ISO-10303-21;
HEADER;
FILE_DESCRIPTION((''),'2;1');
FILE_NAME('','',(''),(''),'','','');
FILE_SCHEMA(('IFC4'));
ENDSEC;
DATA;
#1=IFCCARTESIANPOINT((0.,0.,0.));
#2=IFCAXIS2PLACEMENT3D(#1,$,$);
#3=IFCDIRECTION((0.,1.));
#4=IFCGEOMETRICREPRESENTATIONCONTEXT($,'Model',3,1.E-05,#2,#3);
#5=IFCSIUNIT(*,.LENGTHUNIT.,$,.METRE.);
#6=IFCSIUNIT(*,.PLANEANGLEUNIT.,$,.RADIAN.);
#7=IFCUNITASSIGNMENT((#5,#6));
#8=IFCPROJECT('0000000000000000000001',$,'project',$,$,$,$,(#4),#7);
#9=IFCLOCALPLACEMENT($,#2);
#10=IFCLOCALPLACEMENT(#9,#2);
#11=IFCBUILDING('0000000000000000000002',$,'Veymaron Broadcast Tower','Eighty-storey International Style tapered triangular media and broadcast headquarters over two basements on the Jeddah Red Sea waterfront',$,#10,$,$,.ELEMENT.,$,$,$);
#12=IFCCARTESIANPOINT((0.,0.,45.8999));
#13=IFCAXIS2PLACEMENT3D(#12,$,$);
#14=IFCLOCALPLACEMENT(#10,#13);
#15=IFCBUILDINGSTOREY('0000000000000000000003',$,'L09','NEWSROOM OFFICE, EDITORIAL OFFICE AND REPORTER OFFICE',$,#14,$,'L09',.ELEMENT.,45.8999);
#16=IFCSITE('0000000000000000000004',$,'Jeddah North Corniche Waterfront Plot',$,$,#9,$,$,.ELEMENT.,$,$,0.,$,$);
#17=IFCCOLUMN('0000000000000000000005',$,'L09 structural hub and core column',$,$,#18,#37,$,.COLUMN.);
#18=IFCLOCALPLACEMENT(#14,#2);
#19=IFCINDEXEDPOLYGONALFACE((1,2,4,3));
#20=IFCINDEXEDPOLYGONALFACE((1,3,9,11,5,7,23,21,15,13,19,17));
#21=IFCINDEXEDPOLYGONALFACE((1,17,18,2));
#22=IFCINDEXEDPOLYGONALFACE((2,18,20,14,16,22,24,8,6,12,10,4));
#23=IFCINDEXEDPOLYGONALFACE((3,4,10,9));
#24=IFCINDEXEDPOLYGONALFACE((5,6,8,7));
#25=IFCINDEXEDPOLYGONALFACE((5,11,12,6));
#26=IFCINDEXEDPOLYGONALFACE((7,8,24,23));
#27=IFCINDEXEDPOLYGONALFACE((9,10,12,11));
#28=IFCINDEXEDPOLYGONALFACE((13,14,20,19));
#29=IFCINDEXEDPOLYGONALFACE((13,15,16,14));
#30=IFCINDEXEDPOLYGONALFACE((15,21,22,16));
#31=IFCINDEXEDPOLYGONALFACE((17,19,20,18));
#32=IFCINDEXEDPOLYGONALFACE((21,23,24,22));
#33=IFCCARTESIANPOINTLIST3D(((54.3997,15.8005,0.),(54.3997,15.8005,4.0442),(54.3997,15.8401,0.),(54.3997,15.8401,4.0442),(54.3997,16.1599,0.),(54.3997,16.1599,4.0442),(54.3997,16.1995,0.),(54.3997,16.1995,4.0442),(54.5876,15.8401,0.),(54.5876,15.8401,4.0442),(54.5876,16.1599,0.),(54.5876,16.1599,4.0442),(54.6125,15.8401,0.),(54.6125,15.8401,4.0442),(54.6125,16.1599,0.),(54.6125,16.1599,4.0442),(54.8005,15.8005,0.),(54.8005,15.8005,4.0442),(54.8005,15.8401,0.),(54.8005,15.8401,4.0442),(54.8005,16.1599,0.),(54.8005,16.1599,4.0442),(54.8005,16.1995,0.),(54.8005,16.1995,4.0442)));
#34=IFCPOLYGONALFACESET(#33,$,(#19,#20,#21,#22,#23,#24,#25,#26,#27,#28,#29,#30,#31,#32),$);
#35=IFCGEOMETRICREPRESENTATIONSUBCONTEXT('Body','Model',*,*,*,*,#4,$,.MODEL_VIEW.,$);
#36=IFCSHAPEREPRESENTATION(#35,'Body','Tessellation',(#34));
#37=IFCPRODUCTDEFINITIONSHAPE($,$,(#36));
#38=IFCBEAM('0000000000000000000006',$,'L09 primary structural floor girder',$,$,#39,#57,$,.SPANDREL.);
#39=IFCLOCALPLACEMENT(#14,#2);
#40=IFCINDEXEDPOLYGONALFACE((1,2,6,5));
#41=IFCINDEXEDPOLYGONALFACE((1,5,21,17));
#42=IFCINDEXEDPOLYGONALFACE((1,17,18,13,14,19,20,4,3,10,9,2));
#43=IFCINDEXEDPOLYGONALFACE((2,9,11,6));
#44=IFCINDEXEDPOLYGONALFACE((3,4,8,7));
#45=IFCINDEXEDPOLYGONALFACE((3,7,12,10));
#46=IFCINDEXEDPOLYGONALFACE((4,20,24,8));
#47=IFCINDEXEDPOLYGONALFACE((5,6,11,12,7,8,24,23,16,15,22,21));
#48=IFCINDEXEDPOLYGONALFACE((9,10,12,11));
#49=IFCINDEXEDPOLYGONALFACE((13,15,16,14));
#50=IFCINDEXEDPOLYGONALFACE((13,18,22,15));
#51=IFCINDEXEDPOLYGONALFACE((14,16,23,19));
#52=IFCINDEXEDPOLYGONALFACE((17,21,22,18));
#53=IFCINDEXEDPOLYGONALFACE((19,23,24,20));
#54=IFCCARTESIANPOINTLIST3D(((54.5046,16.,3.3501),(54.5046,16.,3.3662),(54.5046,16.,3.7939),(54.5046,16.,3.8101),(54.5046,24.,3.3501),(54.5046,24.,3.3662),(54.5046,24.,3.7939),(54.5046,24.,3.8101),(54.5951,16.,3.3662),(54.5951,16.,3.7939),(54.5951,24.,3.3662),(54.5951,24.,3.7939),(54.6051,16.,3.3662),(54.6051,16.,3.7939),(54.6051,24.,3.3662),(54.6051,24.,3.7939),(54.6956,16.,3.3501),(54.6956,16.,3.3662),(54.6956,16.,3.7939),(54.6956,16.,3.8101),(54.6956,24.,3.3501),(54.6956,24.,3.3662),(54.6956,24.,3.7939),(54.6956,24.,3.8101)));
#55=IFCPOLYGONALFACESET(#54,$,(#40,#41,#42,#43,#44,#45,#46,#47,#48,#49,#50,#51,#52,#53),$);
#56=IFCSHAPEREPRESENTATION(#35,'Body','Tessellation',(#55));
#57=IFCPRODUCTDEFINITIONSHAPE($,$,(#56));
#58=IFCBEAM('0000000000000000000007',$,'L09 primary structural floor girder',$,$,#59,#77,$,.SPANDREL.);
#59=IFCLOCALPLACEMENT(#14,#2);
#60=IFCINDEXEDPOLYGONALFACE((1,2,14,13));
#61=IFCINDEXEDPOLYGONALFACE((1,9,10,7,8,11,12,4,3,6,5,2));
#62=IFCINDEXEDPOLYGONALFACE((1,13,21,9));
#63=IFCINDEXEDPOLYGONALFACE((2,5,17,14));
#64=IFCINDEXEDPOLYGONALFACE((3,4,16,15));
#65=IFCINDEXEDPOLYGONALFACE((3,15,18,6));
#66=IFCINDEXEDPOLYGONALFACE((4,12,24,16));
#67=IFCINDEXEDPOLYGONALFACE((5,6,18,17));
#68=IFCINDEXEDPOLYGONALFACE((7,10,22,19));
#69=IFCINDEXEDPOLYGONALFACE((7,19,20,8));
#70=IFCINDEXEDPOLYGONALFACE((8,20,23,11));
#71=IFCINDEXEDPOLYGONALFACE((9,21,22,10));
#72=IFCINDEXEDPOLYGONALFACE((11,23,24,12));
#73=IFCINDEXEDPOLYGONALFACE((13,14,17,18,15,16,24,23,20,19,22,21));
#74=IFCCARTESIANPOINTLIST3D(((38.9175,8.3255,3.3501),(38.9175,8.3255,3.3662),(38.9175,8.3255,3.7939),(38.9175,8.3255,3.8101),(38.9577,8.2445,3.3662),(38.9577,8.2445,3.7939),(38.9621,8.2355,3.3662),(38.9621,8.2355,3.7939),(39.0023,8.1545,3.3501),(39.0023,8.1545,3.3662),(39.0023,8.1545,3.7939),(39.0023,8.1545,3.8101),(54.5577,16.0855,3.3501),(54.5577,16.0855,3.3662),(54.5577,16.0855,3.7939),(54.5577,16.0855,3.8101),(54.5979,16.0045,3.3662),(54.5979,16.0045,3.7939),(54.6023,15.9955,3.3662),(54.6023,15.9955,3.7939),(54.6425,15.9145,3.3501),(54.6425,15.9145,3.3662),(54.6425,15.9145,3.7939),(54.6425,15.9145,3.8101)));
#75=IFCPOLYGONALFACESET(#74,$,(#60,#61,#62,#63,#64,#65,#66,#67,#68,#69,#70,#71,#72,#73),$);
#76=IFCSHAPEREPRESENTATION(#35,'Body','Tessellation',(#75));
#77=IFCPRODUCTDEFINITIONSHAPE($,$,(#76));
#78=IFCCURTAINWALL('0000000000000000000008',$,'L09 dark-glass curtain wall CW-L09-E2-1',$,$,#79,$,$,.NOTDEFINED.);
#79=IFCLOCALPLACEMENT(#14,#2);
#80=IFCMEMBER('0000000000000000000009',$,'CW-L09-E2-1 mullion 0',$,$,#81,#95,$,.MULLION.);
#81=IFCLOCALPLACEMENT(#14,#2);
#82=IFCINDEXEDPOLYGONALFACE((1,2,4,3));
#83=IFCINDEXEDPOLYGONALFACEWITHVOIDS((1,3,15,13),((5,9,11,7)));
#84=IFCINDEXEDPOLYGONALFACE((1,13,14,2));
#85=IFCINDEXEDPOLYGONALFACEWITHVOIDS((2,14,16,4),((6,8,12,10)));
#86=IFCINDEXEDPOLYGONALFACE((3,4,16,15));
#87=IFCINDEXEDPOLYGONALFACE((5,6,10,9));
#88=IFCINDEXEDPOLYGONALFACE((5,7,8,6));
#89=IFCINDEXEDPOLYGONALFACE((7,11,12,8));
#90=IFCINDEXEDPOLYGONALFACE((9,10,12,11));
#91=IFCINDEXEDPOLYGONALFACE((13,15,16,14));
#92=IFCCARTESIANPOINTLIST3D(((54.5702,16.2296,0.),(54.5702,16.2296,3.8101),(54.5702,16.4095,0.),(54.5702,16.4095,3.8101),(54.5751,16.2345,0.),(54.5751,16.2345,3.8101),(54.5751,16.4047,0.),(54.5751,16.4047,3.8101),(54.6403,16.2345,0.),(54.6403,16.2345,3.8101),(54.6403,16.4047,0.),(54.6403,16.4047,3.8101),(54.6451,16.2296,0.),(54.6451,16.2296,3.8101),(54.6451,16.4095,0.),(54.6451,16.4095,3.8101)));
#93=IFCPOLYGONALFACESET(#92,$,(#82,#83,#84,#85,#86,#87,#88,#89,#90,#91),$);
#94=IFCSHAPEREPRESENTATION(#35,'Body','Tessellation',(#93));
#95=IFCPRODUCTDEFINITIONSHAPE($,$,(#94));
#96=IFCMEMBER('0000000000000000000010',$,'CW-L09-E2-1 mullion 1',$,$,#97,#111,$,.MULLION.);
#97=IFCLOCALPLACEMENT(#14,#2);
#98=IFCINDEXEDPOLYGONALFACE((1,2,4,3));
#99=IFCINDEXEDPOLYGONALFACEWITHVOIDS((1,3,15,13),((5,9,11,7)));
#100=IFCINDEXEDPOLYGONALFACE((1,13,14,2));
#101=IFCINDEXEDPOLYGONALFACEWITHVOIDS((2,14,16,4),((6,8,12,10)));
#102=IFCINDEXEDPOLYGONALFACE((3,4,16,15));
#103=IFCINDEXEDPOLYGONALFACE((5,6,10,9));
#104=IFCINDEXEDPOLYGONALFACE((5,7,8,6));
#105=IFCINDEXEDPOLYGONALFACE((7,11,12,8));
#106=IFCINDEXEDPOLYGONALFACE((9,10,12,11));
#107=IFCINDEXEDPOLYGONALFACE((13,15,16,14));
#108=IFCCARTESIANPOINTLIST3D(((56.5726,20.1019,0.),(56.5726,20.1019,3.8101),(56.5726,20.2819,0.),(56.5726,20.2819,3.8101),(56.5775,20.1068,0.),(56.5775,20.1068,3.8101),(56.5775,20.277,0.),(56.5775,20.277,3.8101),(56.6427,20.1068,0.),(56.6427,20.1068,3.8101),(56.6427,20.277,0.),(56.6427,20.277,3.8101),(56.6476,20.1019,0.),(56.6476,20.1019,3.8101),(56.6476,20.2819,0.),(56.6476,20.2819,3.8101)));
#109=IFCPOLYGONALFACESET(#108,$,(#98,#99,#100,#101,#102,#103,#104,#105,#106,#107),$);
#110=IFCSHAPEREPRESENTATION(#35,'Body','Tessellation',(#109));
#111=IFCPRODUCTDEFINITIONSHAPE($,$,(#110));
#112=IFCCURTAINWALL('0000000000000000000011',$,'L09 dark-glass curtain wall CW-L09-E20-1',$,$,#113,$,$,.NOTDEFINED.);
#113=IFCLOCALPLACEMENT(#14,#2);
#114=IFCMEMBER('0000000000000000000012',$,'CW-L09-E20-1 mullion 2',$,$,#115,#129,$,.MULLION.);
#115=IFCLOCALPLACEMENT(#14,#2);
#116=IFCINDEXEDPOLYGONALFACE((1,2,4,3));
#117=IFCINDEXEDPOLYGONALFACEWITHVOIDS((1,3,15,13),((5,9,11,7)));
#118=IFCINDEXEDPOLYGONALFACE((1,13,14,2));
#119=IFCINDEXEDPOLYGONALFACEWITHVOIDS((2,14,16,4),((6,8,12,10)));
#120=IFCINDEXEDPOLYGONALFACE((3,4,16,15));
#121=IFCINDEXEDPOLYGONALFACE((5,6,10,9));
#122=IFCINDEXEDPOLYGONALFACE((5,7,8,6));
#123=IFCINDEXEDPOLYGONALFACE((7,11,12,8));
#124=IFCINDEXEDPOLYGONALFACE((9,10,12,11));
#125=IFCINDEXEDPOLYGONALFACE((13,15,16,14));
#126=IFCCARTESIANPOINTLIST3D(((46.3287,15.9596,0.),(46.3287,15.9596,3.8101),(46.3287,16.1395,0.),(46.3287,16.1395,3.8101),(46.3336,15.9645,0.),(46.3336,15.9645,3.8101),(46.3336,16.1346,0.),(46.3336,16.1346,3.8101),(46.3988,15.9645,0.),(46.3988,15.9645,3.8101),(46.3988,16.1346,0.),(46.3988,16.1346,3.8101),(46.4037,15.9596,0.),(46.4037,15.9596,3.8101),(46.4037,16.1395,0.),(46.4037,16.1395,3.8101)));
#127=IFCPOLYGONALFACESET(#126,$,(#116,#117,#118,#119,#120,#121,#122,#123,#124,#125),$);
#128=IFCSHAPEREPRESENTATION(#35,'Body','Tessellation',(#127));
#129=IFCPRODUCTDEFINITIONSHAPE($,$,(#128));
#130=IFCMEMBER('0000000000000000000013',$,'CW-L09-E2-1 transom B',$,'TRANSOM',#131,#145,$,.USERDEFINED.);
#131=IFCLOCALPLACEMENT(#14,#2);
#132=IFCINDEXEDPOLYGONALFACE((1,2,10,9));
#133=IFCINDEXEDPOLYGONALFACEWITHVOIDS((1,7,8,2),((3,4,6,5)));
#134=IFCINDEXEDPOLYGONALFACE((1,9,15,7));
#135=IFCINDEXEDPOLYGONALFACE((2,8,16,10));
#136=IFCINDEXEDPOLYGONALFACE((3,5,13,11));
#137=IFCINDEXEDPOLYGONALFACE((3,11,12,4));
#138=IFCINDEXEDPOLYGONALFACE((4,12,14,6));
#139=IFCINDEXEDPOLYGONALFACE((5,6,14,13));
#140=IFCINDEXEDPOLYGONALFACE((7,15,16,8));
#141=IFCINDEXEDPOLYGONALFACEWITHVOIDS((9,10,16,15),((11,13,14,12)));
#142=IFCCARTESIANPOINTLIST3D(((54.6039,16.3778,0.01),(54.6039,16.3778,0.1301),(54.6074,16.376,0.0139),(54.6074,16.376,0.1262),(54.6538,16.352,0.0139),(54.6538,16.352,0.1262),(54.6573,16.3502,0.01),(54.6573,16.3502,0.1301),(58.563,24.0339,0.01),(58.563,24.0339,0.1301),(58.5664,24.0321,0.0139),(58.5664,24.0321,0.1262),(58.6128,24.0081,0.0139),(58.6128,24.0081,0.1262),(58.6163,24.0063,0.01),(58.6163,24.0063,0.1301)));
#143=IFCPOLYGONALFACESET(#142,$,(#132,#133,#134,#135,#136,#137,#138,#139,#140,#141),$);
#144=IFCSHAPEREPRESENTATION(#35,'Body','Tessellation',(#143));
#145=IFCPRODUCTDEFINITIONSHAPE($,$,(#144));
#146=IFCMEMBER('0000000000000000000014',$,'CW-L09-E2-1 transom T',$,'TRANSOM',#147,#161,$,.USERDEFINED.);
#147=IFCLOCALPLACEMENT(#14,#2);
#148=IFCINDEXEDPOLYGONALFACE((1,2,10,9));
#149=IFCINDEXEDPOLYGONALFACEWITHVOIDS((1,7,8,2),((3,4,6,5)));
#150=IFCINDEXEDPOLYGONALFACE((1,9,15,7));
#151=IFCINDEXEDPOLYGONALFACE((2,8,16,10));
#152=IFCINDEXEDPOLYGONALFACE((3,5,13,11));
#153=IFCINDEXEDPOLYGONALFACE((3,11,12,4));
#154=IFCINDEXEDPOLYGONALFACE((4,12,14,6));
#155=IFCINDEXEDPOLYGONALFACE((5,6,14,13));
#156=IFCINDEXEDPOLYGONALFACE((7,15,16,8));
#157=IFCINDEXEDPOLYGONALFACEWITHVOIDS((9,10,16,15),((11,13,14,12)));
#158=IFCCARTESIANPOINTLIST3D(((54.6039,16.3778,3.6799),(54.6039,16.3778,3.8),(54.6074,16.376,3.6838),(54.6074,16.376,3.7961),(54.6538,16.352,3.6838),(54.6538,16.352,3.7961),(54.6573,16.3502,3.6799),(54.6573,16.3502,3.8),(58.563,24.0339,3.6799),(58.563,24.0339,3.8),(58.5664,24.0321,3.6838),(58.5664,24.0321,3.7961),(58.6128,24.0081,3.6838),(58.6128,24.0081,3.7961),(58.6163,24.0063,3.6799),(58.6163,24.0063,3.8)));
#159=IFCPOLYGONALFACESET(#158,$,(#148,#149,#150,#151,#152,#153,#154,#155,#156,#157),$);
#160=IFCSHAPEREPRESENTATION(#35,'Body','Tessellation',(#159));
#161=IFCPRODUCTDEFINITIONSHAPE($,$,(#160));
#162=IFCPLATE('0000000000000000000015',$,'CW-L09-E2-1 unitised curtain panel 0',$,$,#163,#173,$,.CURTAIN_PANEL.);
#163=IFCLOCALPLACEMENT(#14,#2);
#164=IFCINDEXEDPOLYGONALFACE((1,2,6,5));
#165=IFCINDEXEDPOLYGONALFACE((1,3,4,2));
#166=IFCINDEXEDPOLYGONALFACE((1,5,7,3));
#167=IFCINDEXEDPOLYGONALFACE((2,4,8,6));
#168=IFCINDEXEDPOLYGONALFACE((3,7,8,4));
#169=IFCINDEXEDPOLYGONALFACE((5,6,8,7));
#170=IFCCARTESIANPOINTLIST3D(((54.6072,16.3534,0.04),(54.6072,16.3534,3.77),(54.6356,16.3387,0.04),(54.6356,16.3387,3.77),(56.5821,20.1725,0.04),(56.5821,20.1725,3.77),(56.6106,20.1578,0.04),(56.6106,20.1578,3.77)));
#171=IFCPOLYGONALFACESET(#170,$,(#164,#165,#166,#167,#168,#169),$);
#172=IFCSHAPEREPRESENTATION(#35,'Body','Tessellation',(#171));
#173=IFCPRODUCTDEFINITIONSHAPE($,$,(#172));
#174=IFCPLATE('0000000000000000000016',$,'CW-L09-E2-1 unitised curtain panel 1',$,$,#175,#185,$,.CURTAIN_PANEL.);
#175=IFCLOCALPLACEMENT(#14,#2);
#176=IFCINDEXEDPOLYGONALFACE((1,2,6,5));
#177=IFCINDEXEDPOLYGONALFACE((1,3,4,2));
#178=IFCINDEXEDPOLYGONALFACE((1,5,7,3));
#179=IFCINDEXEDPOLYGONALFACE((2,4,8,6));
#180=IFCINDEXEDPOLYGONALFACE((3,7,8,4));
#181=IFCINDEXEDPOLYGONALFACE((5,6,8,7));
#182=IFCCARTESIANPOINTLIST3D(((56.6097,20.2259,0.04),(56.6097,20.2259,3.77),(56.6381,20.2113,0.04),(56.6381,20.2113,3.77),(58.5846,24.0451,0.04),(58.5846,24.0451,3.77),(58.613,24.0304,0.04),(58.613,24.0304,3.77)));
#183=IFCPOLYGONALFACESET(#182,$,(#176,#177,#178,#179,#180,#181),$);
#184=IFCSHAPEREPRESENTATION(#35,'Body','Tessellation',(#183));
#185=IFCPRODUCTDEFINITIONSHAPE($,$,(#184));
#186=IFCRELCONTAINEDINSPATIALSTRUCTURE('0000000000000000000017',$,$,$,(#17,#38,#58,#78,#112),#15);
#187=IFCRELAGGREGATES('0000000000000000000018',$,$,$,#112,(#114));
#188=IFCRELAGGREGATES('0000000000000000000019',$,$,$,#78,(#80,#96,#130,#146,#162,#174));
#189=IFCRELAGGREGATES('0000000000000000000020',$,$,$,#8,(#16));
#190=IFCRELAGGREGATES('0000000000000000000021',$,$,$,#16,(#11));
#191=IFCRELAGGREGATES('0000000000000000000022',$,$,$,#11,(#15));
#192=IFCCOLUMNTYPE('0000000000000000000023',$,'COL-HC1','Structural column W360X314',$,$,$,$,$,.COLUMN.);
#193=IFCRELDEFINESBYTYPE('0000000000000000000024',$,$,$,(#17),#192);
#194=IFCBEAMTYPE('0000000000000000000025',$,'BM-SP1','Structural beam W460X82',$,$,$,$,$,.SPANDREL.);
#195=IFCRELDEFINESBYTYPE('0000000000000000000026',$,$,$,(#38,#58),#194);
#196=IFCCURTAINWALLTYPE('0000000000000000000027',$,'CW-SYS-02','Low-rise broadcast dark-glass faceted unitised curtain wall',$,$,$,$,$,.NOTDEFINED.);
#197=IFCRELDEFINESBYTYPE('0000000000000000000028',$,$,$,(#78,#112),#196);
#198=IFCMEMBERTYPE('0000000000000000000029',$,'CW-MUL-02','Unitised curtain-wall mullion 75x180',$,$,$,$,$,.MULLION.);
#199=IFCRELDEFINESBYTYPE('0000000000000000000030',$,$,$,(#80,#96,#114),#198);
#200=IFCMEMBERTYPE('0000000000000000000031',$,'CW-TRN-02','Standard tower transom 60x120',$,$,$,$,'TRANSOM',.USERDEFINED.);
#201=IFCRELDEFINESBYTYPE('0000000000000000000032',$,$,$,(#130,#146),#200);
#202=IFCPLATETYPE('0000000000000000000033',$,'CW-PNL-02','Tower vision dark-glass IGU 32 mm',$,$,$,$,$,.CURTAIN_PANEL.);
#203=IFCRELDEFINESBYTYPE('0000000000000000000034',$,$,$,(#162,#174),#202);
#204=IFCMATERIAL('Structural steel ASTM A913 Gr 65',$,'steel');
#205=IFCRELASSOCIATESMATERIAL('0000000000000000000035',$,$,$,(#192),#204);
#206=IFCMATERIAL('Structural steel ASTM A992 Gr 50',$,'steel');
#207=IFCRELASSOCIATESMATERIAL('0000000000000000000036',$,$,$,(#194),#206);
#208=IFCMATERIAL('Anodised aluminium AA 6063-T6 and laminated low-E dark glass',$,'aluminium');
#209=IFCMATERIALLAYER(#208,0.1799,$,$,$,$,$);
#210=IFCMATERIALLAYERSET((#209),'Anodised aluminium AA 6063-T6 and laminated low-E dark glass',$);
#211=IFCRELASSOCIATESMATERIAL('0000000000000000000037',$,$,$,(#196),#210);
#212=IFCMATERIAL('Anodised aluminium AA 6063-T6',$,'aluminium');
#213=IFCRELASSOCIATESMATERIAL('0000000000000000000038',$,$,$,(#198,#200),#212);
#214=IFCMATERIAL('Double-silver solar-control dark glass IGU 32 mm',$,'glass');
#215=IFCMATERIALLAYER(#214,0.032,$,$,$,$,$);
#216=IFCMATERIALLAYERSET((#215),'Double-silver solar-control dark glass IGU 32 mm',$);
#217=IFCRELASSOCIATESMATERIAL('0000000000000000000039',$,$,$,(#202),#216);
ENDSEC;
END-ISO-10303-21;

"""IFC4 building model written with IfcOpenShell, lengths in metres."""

from ifc_helpers import new_model, si_unit, direction, frame, origin, origin_2d, place, context, subcontext, project, spatial, rectangle, hollow_rectangle, i_section, extrude, material, layer, layer_set, material_profile, profile_set, type_object, element, aggregate, save


model = new_model("IFC4")

# Units and contexts
model_context = context("Model", 3, precision=1e-05, world=origin(), true_north=direction((0.0, 1.0)))
body_context = subcontext(model_context, "Body", "Model", "MODEL_VIEW")
ifc_project = project(units=[si_unit("LENGTHUNIT", "METRE"), si_unit("PLANEANGLEUNIT", "RADIAN")], contexts=[model_context])

# Site, building, storey
site_placement = place(None, origin())
site = spatial("IfcSite", under=ifc_project, at=site_placement, Name="Jeddah North Corniche Waterfront Plot", CompositionType="ELEMENT", RefElevation=0.0)
building_placement = place(site_placement, origin())
building = spatial("IfcBuilding", under=site, at=building_placement, Name="Veymaron Broadcast Tower", Description="Eighty-storey International Style tapered triangular media and broadcast headquarters over two basements on the Jeddah Red Sea waterfront", CompositionType="ELEMENT")
storey_placement = place(building_placement, frame((0.0, 0.0, 45.8999)))
storey = spatial("IfcBuildingStorey", under=building, at=storey_placement, Name="L09", Description="NEWSROOM OFFICE, EDITORIAL OFFICE AND REPORTER OFFICE", LongName="L09", CompositionType="ELEMENT", Elevation=45.8999)

# Column
ifc_material_1 = material(Name="Structural steel ASTM A913 Gr 65", Category="steel")
ifc_material_profile_1 = material_profile(ifc_material_1, i_section(OverallWidth=0.4009, OverallDepth=0.3989, WebThickness=0.0249, FlangeThickness=0.0396, at=origin_2d()), Name="W360X314")
ifc_profile_set_1 = profile_set([ifc_material_profile_1], Name="Structural steel ASTM A913 Gr 65")
column_type = type_object("IfcColumnType", Name="COL-HC1", Description="Structural column W360X314", PredefinedType="COLUMN", material=ifc_profile_set_1)
column_placement = place(storey_placement, frame((54.6001, 16.0, 0.0), z_axis=(0.0, 0.0, 1.0), x_axis=(1.0, 0.0, 0.0)))
element("IfcColumn", 1, at=column_placement, inside=storey, type_object=column_type, Name="L09 structural hub and core column", PredefinedType="COLUMN", context=body_context, shape_type="SweptSolid", body=[
    extrude(i_section(OverallWidth=0.4009, OverallDepth=0.3989, WebThickness=0.0249, FlangeThickness=0.0396, at=origin_2d()), origin(), (0.0, 0.0, 1.0), 4.0442),
])

# Beams
ifc_material_2 = material(Name="Structural steel ASTM A992 Gr 50", Category="steel")
ifc_material_profile_2 = material_profile(ifc_material_2, i_section(OverallWidth=0.1909, OverallDepth=0.46, WebThickness=0.01, FlangeThickness=0.0161, at=origin_2d()), Name="W460X82")
ifc_profile_set_2 = profile_set([ifc_material_profile_2], Name="Structural steel ASTM A992 Gr 50")
beam_type = type_object("IfcBeamType", Name="BM-SP1", Description="Structural beam W460X82", PredefinedType="SPANDREL", material=ifc_profile_set_2)
beam_1_placement = place(storey_placement, frame((54.6001, 16.0, 3.5801), z_axis=(0.0, 1.0, 0.0), x_axis=(-1.0, 0.0, 0.0)))
element("IfcBeam", 2, at=beam_1_placement, inside=storey, type_object=beam_type, Name="L09 primary structural floor girder", PredefinedType="SPANDREL", context=body_context, shape_type="SweptSolid", body=[
    extrude(i_section(OverallWidth=0.1909, OverallDepth=0.46, WebThickness=0.01, FlangeThickness=0.0161, at=origin_2d()), origin(), (0.0, 0.0, 1.0), 8.0),
])
beam_2_placement = place(storey_placement, frame((54.6001, 16.0, 3.5801), z_axis=(-0.895799, -0.44446, 0.0), x_axis=(0.44446, -0.895799, 0.0)))
element("IfcBeam", 3, at=beam_2_placement, inside=storey, type_object=beam_type, Name="L09 primary structural floor girder", PredefinedType="SPANDREL", context=body_context, shape_type="SweptSolid", body=[
    extrude(i_section(OverallWidth=0.1909, OverallDepth=0.46, WebThickness=0.01, FlangeThickness=0.0161, at=origin_2d()), origin(), (0.0, 0.0, 1.0), 17.4595),
])

# Curtain wall, members
ifc_material_3 = material(Name="Anodised aluminium AA 6063-T6 and laminated low-E dark glass", Category="aluminium")
ifc_layer_1 = layer(ifc_material_3, 0.1799)
ifc_layer_set_1 = layer_set([ifc_layer_1], Name="Anodised aluminium AA 6063-T6 and laminated low-E dark glass")
curtain_wall_type = type_object("IfcCurtainWallType", Name="CW-SYS-02", Description="Low-rise broadcast dark-glass faceted unitised curtain wall", PredefinedType="NOTDEFINED", material=ifc_layer_set_1)
curtain_wall_1_placement = place(storey_placement, origin())
curtain_wall_1 = element("IfcCurtainWall", 4, at=curtain_wall_1_placement, inside=storey, type_object=curtain_wall_type, Name="L09 dark-glass curtain wall CW-L09-E2-1", PredefinedType="NOTDEFINED")
ifc_material_4 = material(Name="Anodised aluminium AA 6063-T6", Category="aluminium")
ifc_material_profile_3 = material_profile(ifc_material_4, hollow_rectangle(XDim=0.075, YDim=0.1799, WallThickness=0.0049, at=origin_2d()), Name="AL180X75X5")
ifc_profile_set_3 = profile_set([ifc_material_profile_3], Name="Anodised aluminium AA 6063-T6")
member_type_1 = type_object("IfcMemberType", Name="CW-MUL-02", Description="Unitised curtain-wall mullion 75x180", PredefinedType="MULLION", material=ifc_profile_set_3)
member_1_placement = place(storey_placement, frame((54.6077, 16.3196, 0.0), z_axis=(0.0, 0.0, 1.0), x_axis=(1.0, 0.0, 0.0)))
member_1 = element("IfcMember", 5, at=member_1_placement, type_object=member_type_1, Name="CW-L09-E2-1 mullion 0", PredefinedType="MULLION", context=body_context, shape_type="SweptSolid", body=[
    extrude(hollow_rectangle(XDim=0.075, YDim=0.1799, WallThickness=0.0049, at=origin_2d()), origin(), (0.0, 0.0, 1.0), 3.8101),
])
member_2_placement = place(storey_placement, frame((56.6101, 20.1919, 0.0), z_axis=(0.0, 0.0, 1.0), x_axis=(1.0, 0.0, 0.0)))
member_2 = element("IfcMember", 6, at=member_2_placement, type_object=member_type_1, Name="CW-L09-E2-1 mullion 1", PredefinedType="MULLION", context=body_context, shape_type="SweptSolid", body=[
    extrude(hollow_rectangle(XDim=0.075, YDim=0.1799, WallThickness=0.0049, at=origin_2d()), origin(), (0.0, 0.0, 1.0), 3.8101),
])

# Curtain wall, member
curtain_wall_2_placement = place(storey_placement, origin())
curtain_wall_2 = element("IfcCurtainWall", 7, at=curtain_wall_2_placement, inside=storey, type_object=curtain_wall_type, Name="L09 dark-glass curtain wall CW-L09-E20-1", PredefinedType="NOTDEFINED")
member_3_placement = place(storey_placement, frame((46.3662, 16.0496, 0.0), z_axis=(0.0, 0.0, 1.0), x_axis=(1.0, 0.0, 0.0)))
member_3 = element("IfcMember", 8, at=member_3_placement, type_object=member_type_1, Name="CW-L09-E20-1 mullion 2", PredefinedType="MULLION", context=body_context, shape_type="SweptSolid", body=[
    extrude(hollow_rectangle(XDim=0.075, YDim=0.1799, WallThickness=0.0049, at=origin_2d()), origin(), (0.0, 0.0, 1.0), 3.8101),
])
aggregate(curtain_wall_2, [member_3])

# Members
ifc_material_profile_4 = material_profile(ifc_material_4, hollow_rectangle(XDim=0.0601, YDim=0.1201, WallThickness=0.0039, at=origin_2d()), Name="AL120X60X4")
ifc_profile_set_4 = profile_set([ifc_material_profile_4], Name="Anodised aluminium AA 6063-T6")
member_type_2 = type_object("IfcMemberType", Name="CW-TRN-02", Description="Standard tower transom 60x120", ElementType="TRANSOM", PredefinedType="USERDEFINED", material=ifc_profile_set_4)
member_4_placement = place(storey_placement, frame((54.6306, 16.364, 0.0701), z_axis=(0.45933, 0.888266, 0.0), x_axis=(-0.888266, 0.45933, 0.0)))
member_4 = element("IfcMember", 9, at=member_4_placement, type_object=member_type_2, Name="CW-L09-E2-1 transom B", ObjectType="TRANSOM", PredefinedType="USERDEFINED", context=body_context, shape_type="SweptSolid", body=[
    extrude(hollow_rectangle(XDim=0.0601, YDim=0.1201, WallThickness=0.0039, at=origin_2d()), origin(), (0.0, 0.0, 1.0), 8.6191),
])
member_5_placement = place(storey_placement, frame((54.6306, 16.364, 3.74), z_axis=(0.45933, 0.888266, 0.0), x_axis=(-0.888266, 0.45933, 0.0)))
member_5 = element("IfcMember", 10, at=member_5_placement, type_object=member_type_2, Name="CW-L09-E2-1 transom T", ObjectType="TRANSOM", PredefinedType="USERDEFINED", context=body_context, shape_type="SweptSolid", body=[
    extrude(hollow_rectangle(XDim=0.0601, YDim=0.1201, WallThickness=0.0039, at=origin_2d()), origin(), (0.0, 0.0, 1.0), 8.6191),
])

# Plates
ifc_material_5 = material(Name="Double-silver solar-control dark glass IGU 32 mm", Category="glass")
ifc_layer_2 = layer(ifc_material_5, 0.032)
ifc_layer_set_2 = layer_set([ifc_layer_2], Name="Double-silver solar-control dark glass IGU 32 mm")
plate_type = type_object("IfcPlateType", Name="CW-PNL-02", Description="Tower vision dark-glass IGU 32 mm", PredefinedType="CURTAIN_PANEL", material=ifc_layer_set_2)
plate_1_placement = place(storey_placement, frame((55.6089, 18.2556, 0.04), z_axis=(0.0, 0.0, 1.0), x_axis=(0.459332, 0.888265, 0.0)))
plate_1 = element("IfcPlate", 11, at=plate_1_placement, type_object=plate_type, Name="CW-L09-E2-1 unitised curtain panel 0", PredefinedType="CURTAIN_PANEL", context=body_context, shape_type="SweptSolid", body=[
    extrude(rectangle(XDim=4.2996, YDim=0.032, at=origin_2d()), origin(), (0.0, 0.0, 1.0), 3.73),
])
plate_2_placement = place(storey_placement, frame((57.6113, 22.1282, 0.04), z_axis=(0.0, 0.0, 1.0), x_axis=(0.459332, 0.888265, 0.0)))
plate_2 = element("IfcPlate", 12, at=plate_2_placement, type_object=plate_type, Name="CW-L09-E2-1 unitised curtain panel 1", PredefinedType="CURTAIN_PANEL", context=body_context, shape_type="SweptSolid", body=[
    extrude(rectangle(XDim=4.2996, YDim=0.032, at=origin_2d()), origin(), (0.0, 0.0, 1.0), 3.73),
])
aggregate(curtain_wall_1, [member_1, member_2, member_4, member_5, plate_1, plate_2])

save(model, "model.ifc")
